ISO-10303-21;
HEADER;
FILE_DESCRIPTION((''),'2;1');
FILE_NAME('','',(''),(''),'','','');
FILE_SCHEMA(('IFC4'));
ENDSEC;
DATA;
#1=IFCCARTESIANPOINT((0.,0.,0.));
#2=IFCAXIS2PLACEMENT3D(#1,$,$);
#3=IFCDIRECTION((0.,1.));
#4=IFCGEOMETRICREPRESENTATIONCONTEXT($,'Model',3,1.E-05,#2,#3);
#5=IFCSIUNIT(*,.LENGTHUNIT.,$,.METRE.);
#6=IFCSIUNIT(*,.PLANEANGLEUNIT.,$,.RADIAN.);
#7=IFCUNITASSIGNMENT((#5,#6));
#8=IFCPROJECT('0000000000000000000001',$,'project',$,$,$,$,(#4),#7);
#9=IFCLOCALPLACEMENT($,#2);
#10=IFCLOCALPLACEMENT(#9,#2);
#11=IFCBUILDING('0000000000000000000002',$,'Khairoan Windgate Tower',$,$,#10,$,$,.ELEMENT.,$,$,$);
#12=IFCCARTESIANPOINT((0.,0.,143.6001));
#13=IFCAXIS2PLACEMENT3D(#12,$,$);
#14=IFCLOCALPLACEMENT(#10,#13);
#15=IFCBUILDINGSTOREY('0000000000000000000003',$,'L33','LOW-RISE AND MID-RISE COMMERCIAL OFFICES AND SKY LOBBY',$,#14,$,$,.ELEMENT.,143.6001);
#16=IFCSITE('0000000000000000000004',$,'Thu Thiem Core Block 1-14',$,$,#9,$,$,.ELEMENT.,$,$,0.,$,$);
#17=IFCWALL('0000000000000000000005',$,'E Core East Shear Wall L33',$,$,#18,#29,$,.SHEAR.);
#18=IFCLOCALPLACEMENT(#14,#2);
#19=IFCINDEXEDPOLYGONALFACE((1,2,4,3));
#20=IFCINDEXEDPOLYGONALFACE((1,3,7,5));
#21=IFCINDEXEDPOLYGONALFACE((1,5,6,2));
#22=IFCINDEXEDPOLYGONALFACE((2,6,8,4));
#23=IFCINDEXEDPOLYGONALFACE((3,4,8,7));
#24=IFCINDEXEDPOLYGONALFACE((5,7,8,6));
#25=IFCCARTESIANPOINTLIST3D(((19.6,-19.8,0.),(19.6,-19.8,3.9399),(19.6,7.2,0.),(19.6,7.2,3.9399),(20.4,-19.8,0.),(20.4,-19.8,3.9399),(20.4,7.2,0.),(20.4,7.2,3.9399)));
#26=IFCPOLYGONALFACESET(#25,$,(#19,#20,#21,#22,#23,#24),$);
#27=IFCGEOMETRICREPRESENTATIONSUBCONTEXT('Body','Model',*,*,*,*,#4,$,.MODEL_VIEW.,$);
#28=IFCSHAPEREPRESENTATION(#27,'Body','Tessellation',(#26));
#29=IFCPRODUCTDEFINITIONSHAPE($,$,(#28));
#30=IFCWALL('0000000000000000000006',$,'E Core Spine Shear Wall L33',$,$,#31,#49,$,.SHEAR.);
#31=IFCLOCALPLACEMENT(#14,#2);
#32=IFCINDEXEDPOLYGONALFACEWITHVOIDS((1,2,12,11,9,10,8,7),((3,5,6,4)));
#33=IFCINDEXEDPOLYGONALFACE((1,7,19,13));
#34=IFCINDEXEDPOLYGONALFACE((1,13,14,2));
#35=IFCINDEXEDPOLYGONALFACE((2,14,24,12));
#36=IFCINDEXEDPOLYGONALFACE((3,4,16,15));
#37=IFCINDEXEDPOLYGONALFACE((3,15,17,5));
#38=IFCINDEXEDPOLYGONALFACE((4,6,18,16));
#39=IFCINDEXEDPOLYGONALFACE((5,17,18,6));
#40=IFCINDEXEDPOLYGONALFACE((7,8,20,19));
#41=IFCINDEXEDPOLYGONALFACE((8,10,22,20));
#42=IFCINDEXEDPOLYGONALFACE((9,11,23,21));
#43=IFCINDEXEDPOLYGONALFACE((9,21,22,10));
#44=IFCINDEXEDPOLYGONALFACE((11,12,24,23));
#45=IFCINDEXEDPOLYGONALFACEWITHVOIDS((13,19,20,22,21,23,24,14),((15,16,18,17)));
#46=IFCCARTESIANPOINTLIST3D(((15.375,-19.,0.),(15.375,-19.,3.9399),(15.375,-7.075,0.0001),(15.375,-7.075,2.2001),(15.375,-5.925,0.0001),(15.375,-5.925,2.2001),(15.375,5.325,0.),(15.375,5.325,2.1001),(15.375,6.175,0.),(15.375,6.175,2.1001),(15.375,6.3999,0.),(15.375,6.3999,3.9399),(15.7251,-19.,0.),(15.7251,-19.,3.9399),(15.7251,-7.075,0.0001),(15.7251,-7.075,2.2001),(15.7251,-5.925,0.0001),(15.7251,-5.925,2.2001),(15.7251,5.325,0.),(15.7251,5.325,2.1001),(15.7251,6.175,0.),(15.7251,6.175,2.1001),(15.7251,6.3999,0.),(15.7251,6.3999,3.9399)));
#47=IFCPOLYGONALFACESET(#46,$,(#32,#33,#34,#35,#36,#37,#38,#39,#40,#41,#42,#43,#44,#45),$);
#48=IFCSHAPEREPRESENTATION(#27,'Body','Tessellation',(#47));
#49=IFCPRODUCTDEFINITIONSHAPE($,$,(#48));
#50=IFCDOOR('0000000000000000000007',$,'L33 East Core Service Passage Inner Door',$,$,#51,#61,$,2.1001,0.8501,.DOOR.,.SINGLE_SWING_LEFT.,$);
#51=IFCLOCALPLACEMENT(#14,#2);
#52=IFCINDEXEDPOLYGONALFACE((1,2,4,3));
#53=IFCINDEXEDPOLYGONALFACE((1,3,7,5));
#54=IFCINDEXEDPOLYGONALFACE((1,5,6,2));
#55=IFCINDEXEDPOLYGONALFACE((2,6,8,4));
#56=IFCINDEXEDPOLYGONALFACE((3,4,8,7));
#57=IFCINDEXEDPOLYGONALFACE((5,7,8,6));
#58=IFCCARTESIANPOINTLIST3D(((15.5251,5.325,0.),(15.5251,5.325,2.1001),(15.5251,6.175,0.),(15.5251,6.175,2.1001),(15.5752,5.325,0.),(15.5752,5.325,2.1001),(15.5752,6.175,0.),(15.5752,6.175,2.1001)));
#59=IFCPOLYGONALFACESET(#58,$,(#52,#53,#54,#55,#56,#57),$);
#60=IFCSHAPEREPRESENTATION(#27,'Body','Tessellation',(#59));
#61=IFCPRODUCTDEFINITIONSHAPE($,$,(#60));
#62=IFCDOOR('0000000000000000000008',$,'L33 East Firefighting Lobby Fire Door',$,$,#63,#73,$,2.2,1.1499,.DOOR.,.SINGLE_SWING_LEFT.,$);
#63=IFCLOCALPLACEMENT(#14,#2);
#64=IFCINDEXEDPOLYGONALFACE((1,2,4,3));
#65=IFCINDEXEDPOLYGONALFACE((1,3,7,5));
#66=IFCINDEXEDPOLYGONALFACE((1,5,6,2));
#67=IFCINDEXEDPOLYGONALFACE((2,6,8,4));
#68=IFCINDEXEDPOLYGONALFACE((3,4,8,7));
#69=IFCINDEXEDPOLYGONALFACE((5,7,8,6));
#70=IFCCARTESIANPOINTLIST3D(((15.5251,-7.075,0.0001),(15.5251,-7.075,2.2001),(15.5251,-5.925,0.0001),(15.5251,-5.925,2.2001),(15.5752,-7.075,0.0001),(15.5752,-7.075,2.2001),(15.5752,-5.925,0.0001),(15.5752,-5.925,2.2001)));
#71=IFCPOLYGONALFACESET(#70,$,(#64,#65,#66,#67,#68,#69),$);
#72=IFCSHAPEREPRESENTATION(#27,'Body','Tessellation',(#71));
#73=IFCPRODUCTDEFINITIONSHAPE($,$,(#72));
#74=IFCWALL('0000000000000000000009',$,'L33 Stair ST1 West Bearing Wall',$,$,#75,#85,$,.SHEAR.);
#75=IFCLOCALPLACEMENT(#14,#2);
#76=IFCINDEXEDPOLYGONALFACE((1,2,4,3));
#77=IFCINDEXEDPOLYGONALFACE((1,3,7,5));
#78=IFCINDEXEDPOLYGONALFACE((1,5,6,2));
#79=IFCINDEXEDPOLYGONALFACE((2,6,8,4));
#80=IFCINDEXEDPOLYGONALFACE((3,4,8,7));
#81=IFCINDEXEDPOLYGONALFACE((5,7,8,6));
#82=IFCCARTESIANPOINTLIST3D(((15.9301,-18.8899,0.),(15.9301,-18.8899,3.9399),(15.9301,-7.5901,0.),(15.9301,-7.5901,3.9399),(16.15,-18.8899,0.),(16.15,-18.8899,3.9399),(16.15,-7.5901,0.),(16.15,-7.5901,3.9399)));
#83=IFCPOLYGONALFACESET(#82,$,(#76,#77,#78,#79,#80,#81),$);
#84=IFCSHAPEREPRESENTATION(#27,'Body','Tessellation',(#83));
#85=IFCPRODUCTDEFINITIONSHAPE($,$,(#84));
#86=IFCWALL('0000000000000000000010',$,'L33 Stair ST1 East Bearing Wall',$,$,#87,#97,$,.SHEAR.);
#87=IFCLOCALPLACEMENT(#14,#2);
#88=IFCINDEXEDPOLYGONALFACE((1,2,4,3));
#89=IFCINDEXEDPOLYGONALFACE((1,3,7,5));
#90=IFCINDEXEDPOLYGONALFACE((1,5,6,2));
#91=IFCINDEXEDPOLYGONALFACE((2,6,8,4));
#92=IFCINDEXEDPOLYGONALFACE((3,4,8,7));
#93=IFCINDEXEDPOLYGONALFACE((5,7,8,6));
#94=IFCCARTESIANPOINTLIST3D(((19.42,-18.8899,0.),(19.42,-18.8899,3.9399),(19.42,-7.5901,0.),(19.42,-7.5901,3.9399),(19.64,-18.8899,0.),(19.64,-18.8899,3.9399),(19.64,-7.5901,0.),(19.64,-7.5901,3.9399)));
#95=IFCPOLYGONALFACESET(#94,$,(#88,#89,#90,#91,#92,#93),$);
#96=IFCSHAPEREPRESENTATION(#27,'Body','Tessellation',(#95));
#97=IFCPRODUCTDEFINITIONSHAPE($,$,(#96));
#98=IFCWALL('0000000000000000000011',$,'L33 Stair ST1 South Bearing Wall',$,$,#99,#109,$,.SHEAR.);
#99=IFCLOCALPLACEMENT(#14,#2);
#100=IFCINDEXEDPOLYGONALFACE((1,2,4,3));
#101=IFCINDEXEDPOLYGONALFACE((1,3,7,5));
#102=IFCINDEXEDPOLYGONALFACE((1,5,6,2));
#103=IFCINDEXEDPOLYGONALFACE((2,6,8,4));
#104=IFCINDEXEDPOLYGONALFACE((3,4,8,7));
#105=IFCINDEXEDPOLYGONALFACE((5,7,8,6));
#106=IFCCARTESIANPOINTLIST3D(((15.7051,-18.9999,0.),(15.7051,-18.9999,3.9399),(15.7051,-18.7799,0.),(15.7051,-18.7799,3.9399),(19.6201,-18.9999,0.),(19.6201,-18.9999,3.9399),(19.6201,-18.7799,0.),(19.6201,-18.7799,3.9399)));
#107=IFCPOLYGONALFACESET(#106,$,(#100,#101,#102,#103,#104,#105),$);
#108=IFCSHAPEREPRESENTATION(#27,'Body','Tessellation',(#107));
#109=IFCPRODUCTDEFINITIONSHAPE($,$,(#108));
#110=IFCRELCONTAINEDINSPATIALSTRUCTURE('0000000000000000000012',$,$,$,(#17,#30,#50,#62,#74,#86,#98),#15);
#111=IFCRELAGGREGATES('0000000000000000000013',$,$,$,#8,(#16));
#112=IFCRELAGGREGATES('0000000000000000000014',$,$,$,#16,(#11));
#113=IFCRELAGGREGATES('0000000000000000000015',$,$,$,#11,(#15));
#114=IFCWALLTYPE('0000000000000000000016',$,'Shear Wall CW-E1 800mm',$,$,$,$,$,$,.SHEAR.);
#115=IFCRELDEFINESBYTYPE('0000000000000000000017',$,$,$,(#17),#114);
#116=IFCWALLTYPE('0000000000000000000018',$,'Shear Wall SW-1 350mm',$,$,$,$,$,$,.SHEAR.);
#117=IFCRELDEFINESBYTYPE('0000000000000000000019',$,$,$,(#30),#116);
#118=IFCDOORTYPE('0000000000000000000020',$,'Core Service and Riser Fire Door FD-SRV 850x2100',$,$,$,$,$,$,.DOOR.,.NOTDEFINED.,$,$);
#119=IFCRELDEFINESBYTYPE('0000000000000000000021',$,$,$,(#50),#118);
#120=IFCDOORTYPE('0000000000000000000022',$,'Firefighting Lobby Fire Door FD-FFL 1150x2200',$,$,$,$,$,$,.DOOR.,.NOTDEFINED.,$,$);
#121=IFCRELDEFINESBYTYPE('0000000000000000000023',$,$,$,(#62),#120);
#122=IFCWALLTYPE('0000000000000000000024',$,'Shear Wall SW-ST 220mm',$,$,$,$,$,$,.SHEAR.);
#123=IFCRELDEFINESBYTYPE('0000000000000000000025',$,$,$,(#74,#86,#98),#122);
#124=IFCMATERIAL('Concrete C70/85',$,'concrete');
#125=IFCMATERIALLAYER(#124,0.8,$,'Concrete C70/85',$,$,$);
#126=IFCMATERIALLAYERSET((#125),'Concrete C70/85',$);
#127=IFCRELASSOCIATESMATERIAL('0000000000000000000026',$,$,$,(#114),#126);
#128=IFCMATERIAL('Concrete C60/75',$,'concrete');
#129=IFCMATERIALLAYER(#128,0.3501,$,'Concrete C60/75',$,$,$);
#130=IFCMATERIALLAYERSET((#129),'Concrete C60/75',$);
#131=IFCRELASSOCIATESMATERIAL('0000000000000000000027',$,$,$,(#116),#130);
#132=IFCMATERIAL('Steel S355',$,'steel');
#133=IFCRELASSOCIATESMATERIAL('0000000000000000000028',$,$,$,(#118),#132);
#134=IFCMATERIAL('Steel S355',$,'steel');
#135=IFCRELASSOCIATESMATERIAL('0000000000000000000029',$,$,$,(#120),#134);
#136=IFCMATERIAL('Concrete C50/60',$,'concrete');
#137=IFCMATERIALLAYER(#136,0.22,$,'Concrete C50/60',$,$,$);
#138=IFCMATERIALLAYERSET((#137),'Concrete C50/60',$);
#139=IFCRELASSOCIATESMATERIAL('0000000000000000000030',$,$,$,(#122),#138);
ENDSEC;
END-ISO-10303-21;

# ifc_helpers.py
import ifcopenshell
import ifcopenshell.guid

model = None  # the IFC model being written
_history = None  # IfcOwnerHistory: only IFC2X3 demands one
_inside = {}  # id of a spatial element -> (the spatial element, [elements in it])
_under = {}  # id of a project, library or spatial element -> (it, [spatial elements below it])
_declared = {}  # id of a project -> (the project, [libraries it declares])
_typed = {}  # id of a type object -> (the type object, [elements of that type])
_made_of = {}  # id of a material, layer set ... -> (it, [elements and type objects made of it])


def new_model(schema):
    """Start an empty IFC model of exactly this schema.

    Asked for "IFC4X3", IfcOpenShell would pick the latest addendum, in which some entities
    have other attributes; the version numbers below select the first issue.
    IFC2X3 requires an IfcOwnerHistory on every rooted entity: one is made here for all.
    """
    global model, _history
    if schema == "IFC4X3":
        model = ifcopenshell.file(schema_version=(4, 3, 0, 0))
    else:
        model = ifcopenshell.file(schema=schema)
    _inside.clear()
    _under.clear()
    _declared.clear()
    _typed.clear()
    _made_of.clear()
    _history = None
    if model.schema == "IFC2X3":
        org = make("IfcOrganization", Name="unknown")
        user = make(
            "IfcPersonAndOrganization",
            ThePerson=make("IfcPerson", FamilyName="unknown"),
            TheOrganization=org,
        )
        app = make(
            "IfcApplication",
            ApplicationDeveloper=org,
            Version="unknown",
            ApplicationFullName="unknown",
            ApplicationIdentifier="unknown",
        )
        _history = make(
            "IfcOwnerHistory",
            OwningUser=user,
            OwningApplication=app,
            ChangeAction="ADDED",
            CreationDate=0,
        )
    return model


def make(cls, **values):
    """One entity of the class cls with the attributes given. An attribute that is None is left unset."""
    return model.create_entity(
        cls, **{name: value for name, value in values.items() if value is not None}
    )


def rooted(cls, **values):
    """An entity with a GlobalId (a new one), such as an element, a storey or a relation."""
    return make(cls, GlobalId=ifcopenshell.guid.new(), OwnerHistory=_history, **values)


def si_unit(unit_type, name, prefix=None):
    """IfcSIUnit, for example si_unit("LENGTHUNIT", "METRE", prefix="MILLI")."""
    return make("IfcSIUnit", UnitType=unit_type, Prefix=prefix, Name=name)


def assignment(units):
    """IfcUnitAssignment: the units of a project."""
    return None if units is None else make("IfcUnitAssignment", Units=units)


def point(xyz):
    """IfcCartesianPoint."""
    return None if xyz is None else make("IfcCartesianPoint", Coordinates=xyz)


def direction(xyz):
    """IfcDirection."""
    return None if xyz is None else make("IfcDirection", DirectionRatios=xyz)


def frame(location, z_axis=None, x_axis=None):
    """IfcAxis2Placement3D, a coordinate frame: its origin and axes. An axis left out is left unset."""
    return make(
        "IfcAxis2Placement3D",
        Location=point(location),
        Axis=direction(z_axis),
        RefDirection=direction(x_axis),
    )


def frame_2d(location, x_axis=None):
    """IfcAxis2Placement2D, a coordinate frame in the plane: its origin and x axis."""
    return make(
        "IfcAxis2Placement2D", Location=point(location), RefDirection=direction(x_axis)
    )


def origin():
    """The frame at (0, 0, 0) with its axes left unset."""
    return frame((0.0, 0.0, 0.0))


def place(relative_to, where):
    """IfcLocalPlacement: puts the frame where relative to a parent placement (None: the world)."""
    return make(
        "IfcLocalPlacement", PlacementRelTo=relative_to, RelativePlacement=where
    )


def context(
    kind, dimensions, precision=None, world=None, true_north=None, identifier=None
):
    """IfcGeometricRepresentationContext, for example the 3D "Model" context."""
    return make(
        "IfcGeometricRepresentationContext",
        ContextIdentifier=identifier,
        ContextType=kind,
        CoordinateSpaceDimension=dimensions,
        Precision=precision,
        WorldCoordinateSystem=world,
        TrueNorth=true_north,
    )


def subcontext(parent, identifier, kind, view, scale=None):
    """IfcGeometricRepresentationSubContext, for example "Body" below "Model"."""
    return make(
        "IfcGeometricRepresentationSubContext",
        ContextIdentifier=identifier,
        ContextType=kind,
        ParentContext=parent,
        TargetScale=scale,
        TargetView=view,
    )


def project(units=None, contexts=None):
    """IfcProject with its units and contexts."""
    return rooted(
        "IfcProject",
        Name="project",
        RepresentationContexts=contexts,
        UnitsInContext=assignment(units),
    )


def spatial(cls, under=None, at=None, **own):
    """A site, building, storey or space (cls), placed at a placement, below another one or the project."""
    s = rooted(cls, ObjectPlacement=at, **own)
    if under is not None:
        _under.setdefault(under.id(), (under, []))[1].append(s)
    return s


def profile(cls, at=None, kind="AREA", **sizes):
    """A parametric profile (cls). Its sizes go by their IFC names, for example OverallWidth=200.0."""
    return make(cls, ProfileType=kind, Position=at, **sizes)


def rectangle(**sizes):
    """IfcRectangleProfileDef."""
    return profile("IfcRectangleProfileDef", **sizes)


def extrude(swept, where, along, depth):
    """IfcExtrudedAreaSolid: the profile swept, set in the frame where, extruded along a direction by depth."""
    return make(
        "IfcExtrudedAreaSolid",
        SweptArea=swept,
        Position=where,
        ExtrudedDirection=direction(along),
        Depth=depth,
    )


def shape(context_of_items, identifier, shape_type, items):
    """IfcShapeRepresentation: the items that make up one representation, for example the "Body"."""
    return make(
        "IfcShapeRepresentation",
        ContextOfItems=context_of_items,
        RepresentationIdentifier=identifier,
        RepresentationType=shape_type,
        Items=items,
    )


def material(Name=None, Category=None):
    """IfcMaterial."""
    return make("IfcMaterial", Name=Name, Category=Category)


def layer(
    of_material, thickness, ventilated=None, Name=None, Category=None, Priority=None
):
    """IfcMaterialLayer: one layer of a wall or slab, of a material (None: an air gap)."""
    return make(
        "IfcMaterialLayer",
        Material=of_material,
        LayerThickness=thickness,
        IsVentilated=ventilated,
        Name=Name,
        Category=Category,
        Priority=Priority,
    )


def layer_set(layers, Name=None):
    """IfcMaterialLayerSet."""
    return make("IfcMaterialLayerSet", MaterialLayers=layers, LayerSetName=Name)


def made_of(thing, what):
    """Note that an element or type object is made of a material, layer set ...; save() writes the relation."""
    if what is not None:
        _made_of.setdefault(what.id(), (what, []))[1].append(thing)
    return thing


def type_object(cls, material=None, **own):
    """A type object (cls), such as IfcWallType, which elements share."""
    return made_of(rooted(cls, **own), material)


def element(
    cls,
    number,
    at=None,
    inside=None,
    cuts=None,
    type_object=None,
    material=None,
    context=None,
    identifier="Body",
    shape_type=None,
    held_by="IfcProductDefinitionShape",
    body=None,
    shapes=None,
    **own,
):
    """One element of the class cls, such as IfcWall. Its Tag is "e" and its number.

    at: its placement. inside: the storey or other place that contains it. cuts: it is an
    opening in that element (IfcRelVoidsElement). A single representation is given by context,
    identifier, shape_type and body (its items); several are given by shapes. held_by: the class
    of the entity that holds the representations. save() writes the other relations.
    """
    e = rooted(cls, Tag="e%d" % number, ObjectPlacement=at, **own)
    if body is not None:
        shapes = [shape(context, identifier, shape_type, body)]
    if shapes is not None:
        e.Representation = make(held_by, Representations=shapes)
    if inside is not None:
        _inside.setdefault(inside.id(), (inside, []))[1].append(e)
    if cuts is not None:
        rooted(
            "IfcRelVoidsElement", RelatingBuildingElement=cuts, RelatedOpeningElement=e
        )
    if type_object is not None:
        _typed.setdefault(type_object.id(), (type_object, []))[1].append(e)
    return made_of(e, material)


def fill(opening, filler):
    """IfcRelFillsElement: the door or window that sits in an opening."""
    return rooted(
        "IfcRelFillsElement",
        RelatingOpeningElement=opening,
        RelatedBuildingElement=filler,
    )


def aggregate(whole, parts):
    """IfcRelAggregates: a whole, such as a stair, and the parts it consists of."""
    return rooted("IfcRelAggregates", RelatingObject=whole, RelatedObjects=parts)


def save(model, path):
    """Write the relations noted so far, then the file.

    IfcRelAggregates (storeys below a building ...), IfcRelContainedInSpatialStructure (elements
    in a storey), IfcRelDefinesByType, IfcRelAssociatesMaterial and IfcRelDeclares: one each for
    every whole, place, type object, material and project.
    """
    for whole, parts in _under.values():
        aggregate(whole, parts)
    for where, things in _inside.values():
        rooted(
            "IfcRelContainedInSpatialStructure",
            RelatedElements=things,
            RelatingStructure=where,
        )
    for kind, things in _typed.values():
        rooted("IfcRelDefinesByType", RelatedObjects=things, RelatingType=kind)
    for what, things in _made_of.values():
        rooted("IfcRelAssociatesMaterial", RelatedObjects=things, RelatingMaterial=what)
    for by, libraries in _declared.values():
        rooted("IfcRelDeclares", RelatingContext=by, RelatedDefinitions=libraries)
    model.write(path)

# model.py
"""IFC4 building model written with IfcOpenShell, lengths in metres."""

from ifc_helpers import new_model, si_unit, direction, frame, frame_2d, origin, place, context, subcontext, project, spatial, rectangle, extrude, material, layer, layer_set, type_object, element, fill, save


model = new_model("IFC4")

# Units and contexts
model_context = context("Model", 3, precision=1e-05, world=origin(), true_north=direction((0.0, 1.0)))
body_context = subcontext(model_context, "Body", "Model", "MODEL_VIEW")
ifc_project = project(units=[si_unit("LENGTHUNIT", "METRE"), si_unit("PLANEANGLEUNIT", "RADIAN")], contexts=[model_context])

# Site, building, storey
site_placement = place(None, origin())
site = spatial("IfcSite", under=ifc_project, at=site_placement, Name="Thu Thiem Core Block 1-14", CompositionType="ELEMENT", RefElevation=0.0)
building_placement = place(site_placement, origin())
building = spatial("IfcBuilding", under=site, at=building_placement, Name="Khairoan Windgate Tower", CompositionType="ELEMENT")
storey_placement = place(building_placement, frame((0.0, 0.0, 143.6001)))
storey = spatial("IfcBuildingStorey", under=building, at=storey_placement, Name="L33", Description="LOW-RISE AND MID-RISE COMMERCIAL OFFICES AND SKY LOBBY", CompositionType="ELEMENT", Elevation=143.6001)

# Wall
ifc_material_1 = material(Name="Concrete C70/85", Category="concrete")
ifc_layer_1 = layer(ifc_material_1, 0.8, Name="Concrete C70/85")
ifc_layer_set_1 = layer_set([ifc_layer_1], Name="Concrete C70/85")
wall_type_1 = type_object("IfcWallType", Name="Shear Wall CW-E1 800mm", PredefinedType="SHEAR", material=ifc_layer_set_1)
wall_1_placement = place(storey_placement, frame((20.0, -19.8, 0.0), z_axis=(0.0, 0.0, 1.0), x_axis=(0.0, 1.0, 0.0)))
element("IfcWall", 1, at=wall_1_placement, inside=storey, type_object=wall_type_1, Name="E Core East Shear Wall L33", PredefinedType="SHEAR", context=body_context, shape_type="SweptSolid", body=[
    extrude(rectangle(XDim=27.0, YDim=0.8, at=frame_2d((13.5, 0.0))), origin(), (0.0, 0.0, 1.0), 3.9399),
])

# Wall, openings, doors
ifc_material_2 = material(Name="Concrete C60/75", Category="concrete")
ifc_layer_2 = layer(ifc_material_2, 0.3501, Name="Concrete C60/75")
ifc_layer_set_2 = layer_set([ifc_layer_2], Name="Concrete C60/75")
wall_type_2 = type_object("IfcWallType", Name="Shear Wall SW-1 350mm", PredefinedType="SHEAR", material=ifc_layer_set_2)
wall_2_placement = place(storey_placement, frame((15.55, -19.0, 0.0), z_axis=(0.0, 0.0, 1.0), x_axis=(0.0, 1.0, 0.0)))
wall_2 = element("IfcWall", 2, at=wall_2_placement, inside=storey, type_object=wall_type_2, Name="E Core Spine Shear Wall L33", PredefinedType="SHEAR", context=body_context, shape_type="SweptSolid", body=[
    extrude(rectangle(XDim=25.3999, YDim=0.3501, at=frame_2d((12.7, 0.0))), origin(), (0.0, 0.0, 1.0), 3.9399),
])
opening_1_placement = place(wall_2_placement, frame((11.925, 0.0, 0.0)))
opening_1 = element("IfcOpeningElement", 3, at=opening_1_placement, cuts=wall_2, PredefinedType="OPENING", context=body_context, shape_type="SweptSolid", body=[
    extrude(rectangle(XDim=1.1499, YDim=2.2, at=frame_2d((0.575, 1.1001))), frame((0.0, 0.1851, 0.0), z_axis=(0.0, -1.0, 0.0), x_axis=(1.0, 0.0, 0.0)), (0.0, 0.0, 1.0), 0.3701),
])
opening_2_placement = place(wall_2_placement, frame((24.325, 0.0, 0.0)))
opening_2 = element("IfcOpeningElement", 4, at=opening_2_placement, cuts=wall_2, PredefinedType="OPENING", context=body_context, shape_type="SweptSolid", body=[
    extrude(rectangle(XDim=0.8501, YDim=2.1001, at=frame_2d((0.425, 1.05))), frame((0.0, 0.1851, 0.0), z_axis=(0.0, -1.0, 0.0), x_axis=(1.0, 0.0, 0.0)), (0.0, 0.0, 1.0), 0.3701),
])
ifc_material_3 = material(Name="Steel S355", Category="steel")
door_type_1 = type_object("IfcDoorType", Name="Core Service and Riser Fire Door FD-SRV 850x2100", OperationType="NOTDEFINED", PredefinedType="DOOR", material=ifc_material_3)
door_1_placement = place(opening_2_placement, origin())
door_1 = element("IfcDoor", 5, at=door_1_placement, inside=storey, type_object=door_type_1, Name="L33 East Core Service Passage Inner Door", OperationType="SINGLE_SWING_LEFT", OverallHeight=2.1001, OverallWidth=0.8501, PredefinedType="DOOR", context=body_context, shape_type="SweptSolid", body=[
    extrude(rectangle(XDim=0.8501, YDim=2.1001, at=frame_2d((0.425, 1.05))), frame((0.0, 0.0249, 0.0), z_axis=(0.0, -1.0, 0.0), x_axis=(1.0, 0.0, 0.0)), (0.0, 0.0, 1.0), 0.05),
])
fill(opening_2, door_1)
ifc_material_4 = material(Name="Steel S355", Category="steel")
door_type_2 = type_object("IfcDoorType", Name="Firefighting Lobby Fire Door FD-FFL 1150x2200", OperationType="NOTDEFINED", PredefinedType="DOOR", material=ifc_material_4)
door_2_placement = place(opening_1_placement, origin())
door_2 = element("IfcDoor", 6, at=door_2_placement, inside=storey, type_object=door_type_2, Name="L33 East Firefighting Lobby Fire Door", OperationType="SINGLE_SWING_LEFT", OverallHeight=2.2, OverallWidth=1.1499, PredefinedType="DOOR", context=body_context, shape_type="SweptSolid", body=[
    extrude(rectangle(XDim=1.1499, YDim=2.2, at=frame_2d((0.575, 1.1001))), frame((0.0, 0.0249, 0.0), z_axis=(0.0, -1.0, 0.0), x_axis=(1.0, 0.0, 0.0)), (0.0, 0.0, 1.0), 0.05),
])
fill(opening_1, door_2)

# Walls
ifc_material_5 = material(Name="Concrete C50/60", Category="concrete")
ifc_layer_3 = layer(ifc_material_5, 0.22, Name="Concrete C50/60")
ifc_layer_set_3 = layer_set([ifc_layer_3], Name="Concrete C50/60")
wall_type_3 = type_object("IfcWallType", Name="Shear Wall SW-ST 220mm", PredefinedType="SHEAR", material=ifc_layer_set_3)
for number, where, z_axis, x_axis, name in (
    (7, (16.04, -18.8899, 0.0), (0.0, 0.0, 1.0), (0.0, 1.0, 0.0), "L33 Stair ST1 West Bearing Wall"),
    (8, (19.53, -18.8899, 0.0), (0.0, 0.0, 1.0), (0.0, 1.0, 0.0), "L33 Stair ST1 East Bearing Wall"),
):
    element("IfcWall", number, at=place(storey_placement, frame(where, z_axis=z_axis, x_axis=x_axis)), inside=storey, type_object=wall_type_3, Name=name, PredefinedType="SHEAR", context=body_context, shape_type="SweptSolid", body=[
        extrude(rectangle(XDim=11.2998, YDim=0.22, at=frame_2d((5.6499, 0.0))), origin(), (0.0, 0.0, 1.0), 3.9399),
    ])
wall_3_placement = place(storey_placement, frame((15.7051, -18.8899, 0.0), z_axis=(0.0, 0.0, 1.0), x_axis=(1.0, 0.0, 0.0)))
element("IfcWall", 9, at=wall_3_placement, inside=storey, type_object=wall_type_3, Name="L33 Stair ST1 South Bearing Wall", PredefinedType="SHEAR", context=body_context, shape_type="SweptSolid", body=[
    extrude(rectangle(XDim=3.915, YDim=0.22, at=frame_2d((1.9575, 0.0))), origin(), (0.0, 0.0, 1.0), 3.9399),
])

save(model, "model.ifc")
